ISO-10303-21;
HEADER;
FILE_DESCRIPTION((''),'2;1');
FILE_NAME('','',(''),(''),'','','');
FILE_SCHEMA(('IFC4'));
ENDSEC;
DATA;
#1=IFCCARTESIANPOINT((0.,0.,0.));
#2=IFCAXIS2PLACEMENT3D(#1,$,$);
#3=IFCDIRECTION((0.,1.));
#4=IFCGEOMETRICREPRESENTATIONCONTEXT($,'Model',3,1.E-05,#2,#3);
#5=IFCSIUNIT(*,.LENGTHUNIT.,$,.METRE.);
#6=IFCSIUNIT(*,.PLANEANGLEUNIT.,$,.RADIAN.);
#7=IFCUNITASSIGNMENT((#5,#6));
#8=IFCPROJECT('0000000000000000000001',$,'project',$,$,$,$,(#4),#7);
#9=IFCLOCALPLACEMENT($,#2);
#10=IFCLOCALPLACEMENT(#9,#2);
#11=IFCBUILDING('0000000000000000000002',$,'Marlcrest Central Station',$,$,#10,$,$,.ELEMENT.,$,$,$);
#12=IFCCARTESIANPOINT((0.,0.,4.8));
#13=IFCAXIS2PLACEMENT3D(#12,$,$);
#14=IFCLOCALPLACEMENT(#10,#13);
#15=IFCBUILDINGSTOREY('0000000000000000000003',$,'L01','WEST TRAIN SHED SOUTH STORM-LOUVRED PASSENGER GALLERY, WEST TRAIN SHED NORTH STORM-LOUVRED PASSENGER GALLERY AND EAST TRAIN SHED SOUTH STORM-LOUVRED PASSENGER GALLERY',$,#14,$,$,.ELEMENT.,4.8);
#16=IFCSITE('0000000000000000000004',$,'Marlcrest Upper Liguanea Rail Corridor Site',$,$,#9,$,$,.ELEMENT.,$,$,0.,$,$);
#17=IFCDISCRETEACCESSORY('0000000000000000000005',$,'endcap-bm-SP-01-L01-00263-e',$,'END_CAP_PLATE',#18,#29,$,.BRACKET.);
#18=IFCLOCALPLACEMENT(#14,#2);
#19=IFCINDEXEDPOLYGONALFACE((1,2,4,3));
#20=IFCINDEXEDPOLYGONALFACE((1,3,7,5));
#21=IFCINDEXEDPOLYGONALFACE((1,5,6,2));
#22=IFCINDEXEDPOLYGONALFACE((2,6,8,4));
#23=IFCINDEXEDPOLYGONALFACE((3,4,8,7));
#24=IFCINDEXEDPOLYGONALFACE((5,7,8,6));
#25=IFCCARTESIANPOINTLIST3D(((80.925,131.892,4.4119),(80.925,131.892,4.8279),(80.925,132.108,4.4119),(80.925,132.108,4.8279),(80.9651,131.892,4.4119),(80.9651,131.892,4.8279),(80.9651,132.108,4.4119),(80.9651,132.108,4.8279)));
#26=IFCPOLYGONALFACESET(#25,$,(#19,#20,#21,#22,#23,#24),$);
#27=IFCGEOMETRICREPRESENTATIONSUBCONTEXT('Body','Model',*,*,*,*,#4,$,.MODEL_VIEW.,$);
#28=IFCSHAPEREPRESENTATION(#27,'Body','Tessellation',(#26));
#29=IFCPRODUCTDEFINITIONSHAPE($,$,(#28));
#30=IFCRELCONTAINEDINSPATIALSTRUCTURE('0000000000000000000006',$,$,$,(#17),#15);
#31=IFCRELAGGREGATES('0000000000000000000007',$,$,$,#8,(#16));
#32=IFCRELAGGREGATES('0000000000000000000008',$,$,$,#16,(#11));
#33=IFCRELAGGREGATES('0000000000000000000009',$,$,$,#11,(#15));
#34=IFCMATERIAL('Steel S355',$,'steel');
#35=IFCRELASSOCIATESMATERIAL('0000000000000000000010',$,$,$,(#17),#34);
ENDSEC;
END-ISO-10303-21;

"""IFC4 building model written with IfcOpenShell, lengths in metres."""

from ifc_helpers import new_model, si_unit, direction, frame, origin, origin_2d, place, context, subcontext, project, spatial, rectangle, extrude, material, element, save


model = new_model("IFC4")

# Units and contexts
model_context = context("Model", 3, precision=1e-05, world=origin(), true_north=direction((0.0, 1.0)))
body_context = subcontext(model_context, "Body", "Model", "MODEL_VIEW")
ifc_project = project(units=[si_unit("LENGTHUNIT", "METRE"), si_unit("PLANEANGLEUNIT", "RADIAN")], contexts=[model_context])

# Site, building, storey
site_placement = place(None, origin())
site = spatial("IfcSite", under=ifc_project, at=site_placement, Name="Marlcrest Upper Liguanea Rail Corridor Site", CompositionType="ELEMENT", RefElevation=0.0)
building_placement = place(site_placement, origin())
building = spatial("IfcBuilding", under=site, at=building_placement, Name="Marlcrest Central Station", CompositionType="ELEMENT")
storey_placement = place(building_placement, frame((0.0, 0.0, 4.8)))
storey = spatial("IfcBuildingStorey", under=building, at=storey_placement, Name="L01", Description="WEST TRAIN SHED SOUTH STORM-LOUVRED PASSENGER GALLERY, WEST TRAIN SHED NORTH STORM-LOUVRED PASSENGER GALLERY AND EAST TRAIN SHED SOUTH STORM-LOUVRED PASSENGER GALLERY", CompositionType="ELEMENT", Elevation=4.8)

# Shared definitions
ifc_material_1 = material(Name="Steel S355", Category="steel")

# Discrete accessory
discrete_accessory_placement = place(storey_placement, frame((80.925, 132.0, 4.6199), z_axis=(1.0, 0.0, 0.0), x_axis=(0.0, 1.0, 0.0)))
element("IfcDiscreteAccessory", 1, at=discrete_accessory_placement, inside=storey, material=ifc_material_1, Name="endcap-bm-SP-01-L01-00263-e", ObjectType="END_CAP_PLATE", PredefinedType="BRACKET", context=body_context, shape_type="SweptSolid", body=[
    extrude(rectangle(XDim=0.2161, YDim=0.416, at=origin_2d()), origin(), (0.0, 0.0, 1.0), 0.04),
])

save(model, "model.ifc")
